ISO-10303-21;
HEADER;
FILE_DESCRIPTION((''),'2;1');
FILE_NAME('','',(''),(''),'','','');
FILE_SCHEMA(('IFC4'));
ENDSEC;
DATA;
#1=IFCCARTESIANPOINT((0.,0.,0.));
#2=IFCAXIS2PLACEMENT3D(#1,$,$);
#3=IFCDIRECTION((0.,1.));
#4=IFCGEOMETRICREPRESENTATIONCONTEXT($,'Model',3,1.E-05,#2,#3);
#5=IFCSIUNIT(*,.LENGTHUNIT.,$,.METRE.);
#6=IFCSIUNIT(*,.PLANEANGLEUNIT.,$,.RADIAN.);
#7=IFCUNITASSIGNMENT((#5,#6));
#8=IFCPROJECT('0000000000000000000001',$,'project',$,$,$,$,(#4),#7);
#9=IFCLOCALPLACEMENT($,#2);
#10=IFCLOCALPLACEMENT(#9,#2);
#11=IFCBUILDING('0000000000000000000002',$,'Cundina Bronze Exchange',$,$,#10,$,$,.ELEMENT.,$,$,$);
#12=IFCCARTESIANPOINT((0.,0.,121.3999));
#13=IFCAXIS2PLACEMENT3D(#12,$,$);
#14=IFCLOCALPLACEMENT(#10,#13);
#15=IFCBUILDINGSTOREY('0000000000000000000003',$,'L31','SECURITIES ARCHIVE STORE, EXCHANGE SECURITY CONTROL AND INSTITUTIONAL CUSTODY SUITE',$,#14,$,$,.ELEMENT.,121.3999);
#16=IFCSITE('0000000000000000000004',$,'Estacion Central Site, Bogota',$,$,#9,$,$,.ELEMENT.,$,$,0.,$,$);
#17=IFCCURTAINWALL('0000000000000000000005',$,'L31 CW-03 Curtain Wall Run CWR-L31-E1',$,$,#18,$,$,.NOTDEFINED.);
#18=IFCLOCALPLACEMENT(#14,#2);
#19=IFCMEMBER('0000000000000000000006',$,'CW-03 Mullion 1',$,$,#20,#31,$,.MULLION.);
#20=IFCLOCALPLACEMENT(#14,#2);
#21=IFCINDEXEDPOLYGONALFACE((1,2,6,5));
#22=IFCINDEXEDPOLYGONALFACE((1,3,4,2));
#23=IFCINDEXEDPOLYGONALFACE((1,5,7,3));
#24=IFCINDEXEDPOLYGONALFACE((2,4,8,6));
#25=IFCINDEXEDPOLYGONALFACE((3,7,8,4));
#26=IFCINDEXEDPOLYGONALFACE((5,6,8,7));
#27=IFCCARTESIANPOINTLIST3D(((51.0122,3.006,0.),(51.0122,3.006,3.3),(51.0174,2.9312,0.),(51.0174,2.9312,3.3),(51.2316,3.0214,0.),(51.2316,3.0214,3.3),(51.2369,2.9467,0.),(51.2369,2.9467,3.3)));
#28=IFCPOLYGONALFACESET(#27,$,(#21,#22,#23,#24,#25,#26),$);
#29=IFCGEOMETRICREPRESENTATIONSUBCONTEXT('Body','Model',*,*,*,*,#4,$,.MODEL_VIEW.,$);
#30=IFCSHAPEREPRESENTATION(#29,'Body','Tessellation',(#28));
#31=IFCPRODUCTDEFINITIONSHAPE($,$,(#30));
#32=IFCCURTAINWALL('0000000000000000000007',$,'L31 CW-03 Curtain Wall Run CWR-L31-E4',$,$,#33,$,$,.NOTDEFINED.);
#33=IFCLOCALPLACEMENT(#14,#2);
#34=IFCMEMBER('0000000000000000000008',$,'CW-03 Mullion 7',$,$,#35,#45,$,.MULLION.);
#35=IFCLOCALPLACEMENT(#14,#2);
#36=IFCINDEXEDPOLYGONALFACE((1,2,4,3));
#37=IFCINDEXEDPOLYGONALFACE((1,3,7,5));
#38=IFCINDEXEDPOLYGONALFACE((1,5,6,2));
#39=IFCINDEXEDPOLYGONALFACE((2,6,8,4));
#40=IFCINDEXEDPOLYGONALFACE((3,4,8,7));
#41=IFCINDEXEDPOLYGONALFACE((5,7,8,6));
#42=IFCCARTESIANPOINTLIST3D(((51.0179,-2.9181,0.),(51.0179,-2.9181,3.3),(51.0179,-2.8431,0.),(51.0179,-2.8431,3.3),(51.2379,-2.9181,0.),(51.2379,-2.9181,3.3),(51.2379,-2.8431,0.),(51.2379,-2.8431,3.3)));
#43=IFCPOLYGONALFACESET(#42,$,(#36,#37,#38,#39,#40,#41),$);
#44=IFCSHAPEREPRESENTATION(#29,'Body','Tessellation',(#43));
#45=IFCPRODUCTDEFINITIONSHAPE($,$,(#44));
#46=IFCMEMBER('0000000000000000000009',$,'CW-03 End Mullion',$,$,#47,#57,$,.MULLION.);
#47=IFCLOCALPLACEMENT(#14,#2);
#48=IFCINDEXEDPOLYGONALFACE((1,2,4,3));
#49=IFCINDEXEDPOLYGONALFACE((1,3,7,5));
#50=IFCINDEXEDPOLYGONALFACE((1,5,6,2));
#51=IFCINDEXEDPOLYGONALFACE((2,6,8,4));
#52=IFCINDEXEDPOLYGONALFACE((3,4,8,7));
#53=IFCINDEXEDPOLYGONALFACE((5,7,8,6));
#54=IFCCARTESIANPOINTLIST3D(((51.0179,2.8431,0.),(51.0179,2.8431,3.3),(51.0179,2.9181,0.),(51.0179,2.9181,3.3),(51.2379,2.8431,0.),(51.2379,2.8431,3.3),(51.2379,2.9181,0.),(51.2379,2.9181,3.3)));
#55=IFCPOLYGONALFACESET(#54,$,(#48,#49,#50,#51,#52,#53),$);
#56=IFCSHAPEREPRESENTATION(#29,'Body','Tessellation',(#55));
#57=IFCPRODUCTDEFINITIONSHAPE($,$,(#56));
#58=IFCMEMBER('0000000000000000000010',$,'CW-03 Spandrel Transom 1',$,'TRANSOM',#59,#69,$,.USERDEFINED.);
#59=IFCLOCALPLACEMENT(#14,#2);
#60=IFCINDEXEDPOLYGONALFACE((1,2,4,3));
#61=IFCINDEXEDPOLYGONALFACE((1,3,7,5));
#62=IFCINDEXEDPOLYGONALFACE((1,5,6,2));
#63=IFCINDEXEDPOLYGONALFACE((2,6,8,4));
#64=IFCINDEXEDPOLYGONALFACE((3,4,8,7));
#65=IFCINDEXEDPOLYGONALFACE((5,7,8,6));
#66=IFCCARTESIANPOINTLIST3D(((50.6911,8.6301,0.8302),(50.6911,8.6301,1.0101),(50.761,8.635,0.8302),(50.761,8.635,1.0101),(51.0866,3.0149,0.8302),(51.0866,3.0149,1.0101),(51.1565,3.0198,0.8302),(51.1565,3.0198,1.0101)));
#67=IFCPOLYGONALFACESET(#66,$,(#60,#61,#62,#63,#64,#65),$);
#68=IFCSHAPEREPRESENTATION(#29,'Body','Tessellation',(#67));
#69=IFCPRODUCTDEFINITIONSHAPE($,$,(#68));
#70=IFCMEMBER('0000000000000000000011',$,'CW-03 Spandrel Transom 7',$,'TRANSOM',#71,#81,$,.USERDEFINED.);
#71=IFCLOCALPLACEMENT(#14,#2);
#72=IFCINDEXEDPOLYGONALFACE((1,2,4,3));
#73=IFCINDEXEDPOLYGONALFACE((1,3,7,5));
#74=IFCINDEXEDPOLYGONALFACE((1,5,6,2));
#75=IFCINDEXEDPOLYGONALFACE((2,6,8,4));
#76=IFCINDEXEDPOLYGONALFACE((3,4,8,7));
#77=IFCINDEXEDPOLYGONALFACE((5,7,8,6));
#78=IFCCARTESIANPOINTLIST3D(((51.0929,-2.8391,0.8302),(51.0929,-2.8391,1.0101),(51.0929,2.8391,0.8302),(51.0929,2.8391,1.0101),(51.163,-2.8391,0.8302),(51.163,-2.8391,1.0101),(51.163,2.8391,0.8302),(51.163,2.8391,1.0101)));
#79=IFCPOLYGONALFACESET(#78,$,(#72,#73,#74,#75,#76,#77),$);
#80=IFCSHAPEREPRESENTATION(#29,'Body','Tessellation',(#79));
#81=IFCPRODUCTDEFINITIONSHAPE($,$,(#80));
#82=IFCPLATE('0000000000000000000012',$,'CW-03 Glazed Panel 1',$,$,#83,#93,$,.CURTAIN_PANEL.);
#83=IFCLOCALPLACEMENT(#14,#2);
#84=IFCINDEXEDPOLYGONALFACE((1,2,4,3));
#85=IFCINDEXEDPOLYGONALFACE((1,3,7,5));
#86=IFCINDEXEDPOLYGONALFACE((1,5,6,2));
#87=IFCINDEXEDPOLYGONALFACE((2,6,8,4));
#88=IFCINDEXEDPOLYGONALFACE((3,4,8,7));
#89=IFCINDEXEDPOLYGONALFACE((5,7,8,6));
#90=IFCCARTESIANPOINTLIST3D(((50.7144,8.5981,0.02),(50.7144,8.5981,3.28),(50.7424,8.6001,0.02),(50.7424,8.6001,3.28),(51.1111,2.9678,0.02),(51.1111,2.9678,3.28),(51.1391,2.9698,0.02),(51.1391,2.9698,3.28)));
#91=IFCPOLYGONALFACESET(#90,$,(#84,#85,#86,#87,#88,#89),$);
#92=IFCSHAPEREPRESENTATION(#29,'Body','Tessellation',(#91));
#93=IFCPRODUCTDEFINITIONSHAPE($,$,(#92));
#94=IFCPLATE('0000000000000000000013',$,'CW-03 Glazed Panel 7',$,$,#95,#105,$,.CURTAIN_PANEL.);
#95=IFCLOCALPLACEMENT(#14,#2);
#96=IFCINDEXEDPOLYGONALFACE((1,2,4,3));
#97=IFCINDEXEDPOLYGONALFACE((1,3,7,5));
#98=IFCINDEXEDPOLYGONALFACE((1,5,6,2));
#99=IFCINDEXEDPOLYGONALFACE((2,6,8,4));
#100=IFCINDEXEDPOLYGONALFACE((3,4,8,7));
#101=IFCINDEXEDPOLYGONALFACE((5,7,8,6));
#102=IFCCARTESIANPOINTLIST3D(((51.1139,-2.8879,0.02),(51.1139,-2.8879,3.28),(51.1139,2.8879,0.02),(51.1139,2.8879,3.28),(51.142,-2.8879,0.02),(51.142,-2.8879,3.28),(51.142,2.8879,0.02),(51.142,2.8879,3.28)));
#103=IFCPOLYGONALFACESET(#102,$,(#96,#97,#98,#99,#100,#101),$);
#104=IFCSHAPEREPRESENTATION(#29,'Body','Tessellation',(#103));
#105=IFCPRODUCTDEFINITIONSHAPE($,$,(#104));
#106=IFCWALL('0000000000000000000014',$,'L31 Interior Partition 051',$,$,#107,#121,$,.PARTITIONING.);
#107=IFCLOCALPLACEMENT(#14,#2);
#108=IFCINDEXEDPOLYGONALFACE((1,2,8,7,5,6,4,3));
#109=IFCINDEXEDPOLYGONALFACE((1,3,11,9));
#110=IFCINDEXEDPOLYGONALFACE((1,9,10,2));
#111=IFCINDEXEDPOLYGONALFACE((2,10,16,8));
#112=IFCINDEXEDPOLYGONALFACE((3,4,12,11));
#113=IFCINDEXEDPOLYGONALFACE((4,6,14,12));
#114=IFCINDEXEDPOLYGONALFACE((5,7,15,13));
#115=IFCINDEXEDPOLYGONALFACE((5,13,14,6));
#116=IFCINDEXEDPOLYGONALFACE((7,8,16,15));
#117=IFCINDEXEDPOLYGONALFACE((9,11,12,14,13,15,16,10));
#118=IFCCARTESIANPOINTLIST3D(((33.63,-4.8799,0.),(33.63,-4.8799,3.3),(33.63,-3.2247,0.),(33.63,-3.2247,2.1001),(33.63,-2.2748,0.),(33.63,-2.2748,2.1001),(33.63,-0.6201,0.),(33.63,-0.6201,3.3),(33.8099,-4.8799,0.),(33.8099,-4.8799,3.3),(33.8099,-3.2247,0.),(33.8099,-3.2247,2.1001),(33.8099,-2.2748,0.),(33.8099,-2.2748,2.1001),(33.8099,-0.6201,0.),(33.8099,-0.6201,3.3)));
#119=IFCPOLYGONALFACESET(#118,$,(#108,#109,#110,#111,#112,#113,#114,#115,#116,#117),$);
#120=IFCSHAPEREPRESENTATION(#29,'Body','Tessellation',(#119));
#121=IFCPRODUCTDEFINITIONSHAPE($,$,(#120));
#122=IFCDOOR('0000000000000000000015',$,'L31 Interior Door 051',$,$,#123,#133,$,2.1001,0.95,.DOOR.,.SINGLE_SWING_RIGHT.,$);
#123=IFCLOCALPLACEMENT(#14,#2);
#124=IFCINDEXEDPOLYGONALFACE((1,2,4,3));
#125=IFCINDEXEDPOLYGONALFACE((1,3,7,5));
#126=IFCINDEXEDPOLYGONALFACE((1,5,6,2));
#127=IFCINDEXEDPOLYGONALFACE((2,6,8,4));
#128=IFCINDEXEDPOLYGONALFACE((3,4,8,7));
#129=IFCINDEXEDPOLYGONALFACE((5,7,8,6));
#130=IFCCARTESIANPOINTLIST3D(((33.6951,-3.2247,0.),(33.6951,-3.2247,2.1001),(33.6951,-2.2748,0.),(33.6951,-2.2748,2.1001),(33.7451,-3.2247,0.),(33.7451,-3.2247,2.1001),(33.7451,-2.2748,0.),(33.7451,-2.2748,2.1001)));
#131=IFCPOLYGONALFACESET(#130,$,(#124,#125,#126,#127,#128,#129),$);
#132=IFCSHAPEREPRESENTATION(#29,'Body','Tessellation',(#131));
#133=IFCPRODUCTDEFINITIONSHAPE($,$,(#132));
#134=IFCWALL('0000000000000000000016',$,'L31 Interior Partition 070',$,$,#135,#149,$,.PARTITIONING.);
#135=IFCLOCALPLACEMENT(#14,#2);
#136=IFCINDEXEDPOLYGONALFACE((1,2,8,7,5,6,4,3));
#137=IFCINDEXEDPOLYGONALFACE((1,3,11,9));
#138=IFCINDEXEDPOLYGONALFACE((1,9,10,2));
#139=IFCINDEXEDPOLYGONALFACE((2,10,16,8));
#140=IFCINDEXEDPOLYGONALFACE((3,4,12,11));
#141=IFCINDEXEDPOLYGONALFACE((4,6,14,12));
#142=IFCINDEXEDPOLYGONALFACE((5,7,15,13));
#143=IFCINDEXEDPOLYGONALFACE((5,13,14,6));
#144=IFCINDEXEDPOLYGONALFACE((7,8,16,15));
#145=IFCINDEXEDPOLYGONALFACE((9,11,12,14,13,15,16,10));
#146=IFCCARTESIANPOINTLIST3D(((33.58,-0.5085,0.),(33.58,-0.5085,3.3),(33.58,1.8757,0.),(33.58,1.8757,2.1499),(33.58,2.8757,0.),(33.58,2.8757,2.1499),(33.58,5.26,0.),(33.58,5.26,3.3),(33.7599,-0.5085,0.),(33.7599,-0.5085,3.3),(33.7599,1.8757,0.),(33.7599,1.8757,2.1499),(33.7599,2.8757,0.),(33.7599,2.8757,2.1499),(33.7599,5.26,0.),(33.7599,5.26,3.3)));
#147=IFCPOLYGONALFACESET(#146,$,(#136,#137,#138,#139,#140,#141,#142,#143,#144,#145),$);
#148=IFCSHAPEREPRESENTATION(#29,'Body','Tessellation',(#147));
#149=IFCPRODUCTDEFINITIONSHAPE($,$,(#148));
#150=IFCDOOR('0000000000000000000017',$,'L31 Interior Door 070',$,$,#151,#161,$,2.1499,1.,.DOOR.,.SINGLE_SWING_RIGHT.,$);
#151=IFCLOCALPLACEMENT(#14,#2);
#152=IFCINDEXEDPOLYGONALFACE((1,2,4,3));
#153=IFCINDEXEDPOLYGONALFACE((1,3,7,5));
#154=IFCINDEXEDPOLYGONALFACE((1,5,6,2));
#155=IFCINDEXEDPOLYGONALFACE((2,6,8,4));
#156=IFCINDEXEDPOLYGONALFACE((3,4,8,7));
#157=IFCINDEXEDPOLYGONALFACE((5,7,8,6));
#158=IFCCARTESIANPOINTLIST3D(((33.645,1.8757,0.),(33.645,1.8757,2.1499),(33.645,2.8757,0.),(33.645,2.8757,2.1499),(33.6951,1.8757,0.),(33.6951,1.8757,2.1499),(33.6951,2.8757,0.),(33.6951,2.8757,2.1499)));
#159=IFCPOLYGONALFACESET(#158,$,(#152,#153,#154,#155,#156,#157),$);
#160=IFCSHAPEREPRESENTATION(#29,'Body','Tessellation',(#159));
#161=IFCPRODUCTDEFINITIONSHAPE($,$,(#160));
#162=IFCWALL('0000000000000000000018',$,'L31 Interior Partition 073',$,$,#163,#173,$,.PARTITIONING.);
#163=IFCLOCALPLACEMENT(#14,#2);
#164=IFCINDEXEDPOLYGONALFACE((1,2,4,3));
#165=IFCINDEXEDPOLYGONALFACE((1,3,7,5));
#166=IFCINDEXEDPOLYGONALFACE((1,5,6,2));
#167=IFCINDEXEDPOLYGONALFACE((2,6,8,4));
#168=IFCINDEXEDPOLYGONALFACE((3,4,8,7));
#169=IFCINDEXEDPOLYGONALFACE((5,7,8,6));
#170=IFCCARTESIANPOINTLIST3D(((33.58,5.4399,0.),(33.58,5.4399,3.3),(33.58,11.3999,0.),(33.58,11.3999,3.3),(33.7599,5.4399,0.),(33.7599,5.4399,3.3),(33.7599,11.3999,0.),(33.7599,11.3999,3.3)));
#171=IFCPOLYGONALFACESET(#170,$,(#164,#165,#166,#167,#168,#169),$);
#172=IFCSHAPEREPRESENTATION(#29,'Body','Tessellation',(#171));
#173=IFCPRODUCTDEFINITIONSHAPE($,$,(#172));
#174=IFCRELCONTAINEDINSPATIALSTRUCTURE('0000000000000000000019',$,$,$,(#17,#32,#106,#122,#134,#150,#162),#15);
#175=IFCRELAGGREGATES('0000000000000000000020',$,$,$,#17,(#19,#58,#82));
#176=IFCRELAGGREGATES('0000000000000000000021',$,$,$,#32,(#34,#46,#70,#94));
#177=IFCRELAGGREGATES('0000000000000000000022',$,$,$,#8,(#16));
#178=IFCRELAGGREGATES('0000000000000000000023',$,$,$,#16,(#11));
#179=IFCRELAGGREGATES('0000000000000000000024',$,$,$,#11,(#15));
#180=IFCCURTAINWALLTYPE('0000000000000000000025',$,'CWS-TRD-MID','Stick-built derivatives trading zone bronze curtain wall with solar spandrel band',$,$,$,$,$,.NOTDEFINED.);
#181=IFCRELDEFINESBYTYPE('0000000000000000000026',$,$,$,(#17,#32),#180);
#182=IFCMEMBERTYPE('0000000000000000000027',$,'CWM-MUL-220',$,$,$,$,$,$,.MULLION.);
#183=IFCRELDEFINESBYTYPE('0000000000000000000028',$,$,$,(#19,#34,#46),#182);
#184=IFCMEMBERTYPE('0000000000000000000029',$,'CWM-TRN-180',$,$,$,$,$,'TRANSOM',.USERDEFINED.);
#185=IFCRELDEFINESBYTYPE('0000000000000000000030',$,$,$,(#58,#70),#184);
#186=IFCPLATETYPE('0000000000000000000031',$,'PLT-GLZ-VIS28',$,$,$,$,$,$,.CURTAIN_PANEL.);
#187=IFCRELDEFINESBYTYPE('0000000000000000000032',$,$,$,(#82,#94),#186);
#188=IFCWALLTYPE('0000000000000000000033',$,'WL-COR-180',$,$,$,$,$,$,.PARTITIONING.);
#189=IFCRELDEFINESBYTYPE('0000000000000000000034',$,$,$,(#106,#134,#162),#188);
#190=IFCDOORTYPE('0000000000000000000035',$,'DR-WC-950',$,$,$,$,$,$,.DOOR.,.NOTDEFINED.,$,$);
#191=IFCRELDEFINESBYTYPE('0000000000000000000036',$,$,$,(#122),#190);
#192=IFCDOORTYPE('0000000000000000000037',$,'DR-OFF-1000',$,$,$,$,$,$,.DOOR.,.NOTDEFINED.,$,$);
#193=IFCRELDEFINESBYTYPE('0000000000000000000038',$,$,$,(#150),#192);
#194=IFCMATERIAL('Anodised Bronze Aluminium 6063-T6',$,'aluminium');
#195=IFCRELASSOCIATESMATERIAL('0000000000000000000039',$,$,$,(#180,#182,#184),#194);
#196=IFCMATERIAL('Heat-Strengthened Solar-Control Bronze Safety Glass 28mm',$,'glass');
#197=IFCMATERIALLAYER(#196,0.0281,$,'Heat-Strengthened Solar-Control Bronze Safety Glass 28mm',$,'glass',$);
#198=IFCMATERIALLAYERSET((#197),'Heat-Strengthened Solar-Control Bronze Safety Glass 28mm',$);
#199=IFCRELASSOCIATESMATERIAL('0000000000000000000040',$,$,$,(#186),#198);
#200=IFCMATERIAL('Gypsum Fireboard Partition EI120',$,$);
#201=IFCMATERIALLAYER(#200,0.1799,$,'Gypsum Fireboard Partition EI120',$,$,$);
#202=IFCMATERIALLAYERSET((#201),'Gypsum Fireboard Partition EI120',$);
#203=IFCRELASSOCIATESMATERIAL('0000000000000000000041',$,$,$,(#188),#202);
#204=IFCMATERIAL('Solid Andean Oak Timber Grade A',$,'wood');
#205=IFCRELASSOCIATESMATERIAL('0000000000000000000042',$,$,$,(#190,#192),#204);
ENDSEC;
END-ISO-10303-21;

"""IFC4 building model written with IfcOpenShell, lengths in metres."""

from ifc_helpers import new_model, si_unit, direction, frame, frame_2d, origin, origin_2d, place, context, subcontext, project, spatial, rectangle, extrude, material, layer, layer_set, material_profile, profile_set, type_object, element, fill, aggregate, save


model = new_model("IFC4")

# Units and contexts
model_context = context("Model", 3, precision=1e-05, world=origin(), true_north=direction((0.0, 1.0)))
body_context = subcontext(model_context, "Body", "Model", "MODEL_VIEW")
ifc_project = project(units=[si_unit("LENGTHUNIT", "METRE"), si_unit("PLANEANGLEUNIT", "RADIAN")], contexts=[model_context])

# Site, building, storey
site_placement = place(None, origin())
site = spatial("IfcSite", under=ifc_project, at=site_placement, Name="Estacion Central Site, Bogota", CompositionType="ELEMENT", RefElevation=0.0)
building_placement = place(site_placement, origin())
building = spatial("IfcBuilding", under=site, at=building_placement, Name="Cundina Bronze Exchange", CompositionType="ELEMENT")
storey_placement = place(building_placement, frame((0.0, 0.0, 121.3999)))
storey = spatial("IfcBuildingStorey", under=building, at=storey_placement, Name="L31", Description="SECURITIES ARCHIVE STORE, EXCHANGE SECURITY CONTROL AND INSTITUTIONAL CUSTODY SUITE", CompositionType="ELEMENT", Elevation=121.3999)

# Curtain wall, member
ifc_material_1 = material(Name="Anodised Bronze Aluminium 6063-T6", Category="aluminium")
curtain_wall_type = type_object("IfcCurtainWallType", Name="CWS-TRD-MID", Description="Stick-built derivatives trading zone bronze curtain wall with solar spandrel band", PredefinedType="NOTDEFINED", material=ifc_material_1)
curtain_wall_1_placement = place(storey_placement, origin())
curtain_wall_1 = element("IfcCurtainWall", 1, at=curtain_wall_1_placement, inside=storey, type_object=curtain_wall_type, Name="L31 CW-03 Curtain Wall Run CWR-L31-E1", PredefinedType="NOTDEFINED")
ifc_material_profile_1 = material_profile(ifc_material_1, rectangle(XDim=0.075, YDim=0.22, at=origin_2d()), Name="AL75X220", Category="aluminium")
ifc_profile_set_1 = profile_set([ifc_material_profile_1], Name="Anodised Bronze Aluminium 6063-T6")
member_type_1 = type_object("IfcMemberType", Name="CWM-MUL-220", PredefinedType="MULLION", material=ifc_profile_set_1)
member_1_placement = place(storey_placement, frame((51.1245, 2.9763, 0.0), z_axis=(0.0, 0.0, 1.0), x_axis=(-0.070279, 0.997527, 0.0)))
member_1 = element("IfcMember", 2, at=member_1_placement, type_object=member_type_1, Name="CW-03 Mullion 1", PredefinedType="MULLION", context=body_context, shape_type="SweptSolid", body=[
    extrude(rectangle(XDim=0.075, YDim=0.22, at=origin_2d()), origin(), (0.0, 0.0, 1.0), 3.3),
])

# Curtain wall, members
curtain_wall_2_placement = place(storey_placement, origin())
curtain_wall_2 = element("IfcCurtainWall", 3, at=curtain_wall_2_placement, inside=storey, type_object=curtain_wall_type, Name="L31 CW-03 Curtain Wall Run CWR-L31-E4", PredefinedType="NOTDEFINED")
member_2_placement = place(storey_placement, frame((51.1279, -2.8806, 0.0), z_axis=(0.0, 0.0, 1.0), x_axis=(0.0, 1.0, 0.0)))
member_2 = element("IfcMember", 4, at=member_2_placement, type_object=member_type_1, Name="CW-03 Mullion 7", PredefinedType="MULLION", context=body_context, shape_type="SweptSolid", body=[
    extrude(rectangle(XDim=0.075, YDim=0.22, at=origin_2d()), origin(), (0.0, 0.0, 1.0), 3.3),
])
member_3_placement = place(storey_placement, frame((51.1279, 2.8806, 0.0), z_axis=(0.0, 0.0, 1.0), x_axis=(0.0, 1.0, 0.0)))
member_3 = element("IfcMember", 5, at=member_3_placement, type_object=member_type_1, Name="CW-03 End Mullion", PredefinedType="MULLION", context=body_context, shape_type="SweptSolid", body=[
    extrude(rectangle(XDim=0.075, YDim=0.22, at=origin_2d()), origin(), (0.0, 0.0, 1.0), 3.3),
])

# Members
ifc_material_profile_2 = material_profile(ifc_material_1, rectangle(XDim=0.0701, YDim=0.1799, at=origin_2d()), Name="AL70X180", Category="aluminium")
ifc_profile_set_2 = profile_set([ifc_material_profile_2], Name="Anodised Bronze Aluminium 6063-T6")
member_type_2 = type_object("IfcMemberType", Name="CWM-TRN-180", ElementType="TRANSOM", PredefinedType="USERDEFINED", material=ifc_profile_set_2)
member_4_placement = place(storey_placement, frame((51.1216, 3.0173, 0.9202), z_axis=(-0.070261, 0.997529, 0.0), x_axis=(-0.997529, -0.070261, 0.0)))
member_4 = element("IfcMember", 6, at=member_4_placement, type_object=member_type_2, Name="CW-03 Spandrel Transom 1", ObjectType="TRANSOM", PredefinedType="USERDEFINED", context=body_context, shape_type="SweptSolid", body=[
    extrude(rectangle(XDim=0.0701, YDim=0.1799, at=origin_2d()), origin(), (0.0, 0.0, 1.0), 5.6292),
])
member_5_placement = place(storey_placement, frame((51.1279, -2.8391, 0.9202), z_axis=(0.0, 1.0, 0.0), x_axis=(-1.0, 0.0, 0.0)))
member_5 = element("IfcMember", 7, at=member_5_placement, type_object=member_type_2, Name="CW-03 Spandrel Transom 7", ObjectType="TRANSOM", PredefinedType="USERDEFINED", context=body_context, shape_type="SweptSolid", body=[
    extrude(rectangle(XDim=0.0701, YDim=0.1799, at=origin_2d()), origin(), (0.0, 0.0, 1.0), 5.6782),
])

# Plates
ifc_material_2 = material(Name="Heat-Strengthened Solar-Control Bronze Safety Glass 28mm", Category="glass")
ifc_layer_1 = layer(ifc_material_2, 0.0281, Name="Heat-Strengthened Solar-Control Bronze Safety Glass 28mm", Category="glass")
ifc_layer_set_1 = layer_set([ifc_layer_1], Name="Heat-Strengthened Solar-Control Bronze Safety Glass 28mm")
plate_type = type_object("IfcPlateType", Name="PLT-GLZ-VIS28", PredefinedType="CURTAIN_PANEL", material=ifc_layer_set_1)
plate_1_placement = place(storey_placement, frame((50.9268, 5.7839, 0.02), z_axis=(0.0, 0.0, 1.0), x_axis=(-0.070279, 0.997527, 0.0)))
plate_1 = element("IfcPlate", 8, at=plate_1_placement, type_object=plate_type, Name="CW-03 Glazed Panel 1", PredefinedType="CURTAIN_PANEL", context=body_context, shape_type="SweptSolid", body=[
    extrude(rectangle(XDim=5.6443, YDim=0.0281, at=origin_2d()), origin(), (0.0, 0.0, 1.0), 3.26),
])
aggregate(curtain_wall_1, [member_1, member_4, plate_1])
plate_2_placement = place(storey_placement, frame((51.1279, 0.0, 0.02), z_axis=(0.0, 0.0, 1.0), x_axis=(0.0, 1.0, 0.0)))
plate_2 = element("IfcPlate", 9, at=plate_2_placement, type_object=plate_type, Name="CW-03 Glazed Panel 7", PredefinedType="CURTAIN_PANEL", context=body_context, shape_type="SweptSolid", body=[
    extrude(rectangle(XDim=5.7759, YDim=0.0281, at=origin_2d()), origin(), (0.0, 0.0, 1.0), 3.26),
])
aggregate(curtain_wall_2, [member_2, member_3, member_5, plate_2])

# Walls, openings, doors
ifc_material_3 = material(Name="Gypsum Fireboard Partition EI120")
ifc_layer_2 = layer(ifc_material_3, 0.1799, Name="Gypsum Fireboard Partition EI120")
ifc_layer_set_2 = layer_set([ifc_layer_2], Name="Gypsum Fireboard Partition EI120")
wall_type_1 = type_object("IfcWallType", Name="WL-COR-180", PredefinedType="PARTITIONING", material=ifc_layer_set_2)
wall_1_placement = place(storey_placement, frame((33.72, -4.8799, 0.0), z_axis=(0.0, 0.0, 1.0), x_axis=(0.0, 1.0, 0.0)))
wall_1 = element("IfcWall", 10, at=wall_1_placement, inside=storey, type_object=wall_type_1, Name="L31 Interior Partition 051", PredefinedType="PARTITIONING", context=body_context, shape_type="SweptSolid", body=[
    extrude(rectangle(XDim=4.2598, YDim=0.1799, at=frame_2d((2.1299, 0.0))), origin(), (0.0, 0.0, 1.0), 3.3),
])
opening_1_placement = place(wall_1_placement, frame((1.655, 0.0, 0.0)))
opening_1 = element("IfcOpeningElement", 11, at=opening_1_placement, cuts=wall_1, PredefinedType="OPENING", context=body_context, shape_type="SweptSolid", body=[
    extrude(rectangle(XDim=0.95, YDim=2.1001, at=frame_2d((0.4751, 1.05))), frame((0.0, 0.0999, 0.0), z_axis=(0.0, -1.0, 0.0), x_axis=(1.0, 0.0, 0.0)), (0.0, 0.0, 1.0), 0.2),
])
ifc_material_4 = material(Name="Solid Andean Oak Timber Grade A", Category="wood")
door_type_1 = type_object("IfcDoorType", Name="DR-WC-950", OperationType="NOTDEFINED", PredefinedType="DOOR", material=ifc_material_4)
door_1_placement = place(opening_1_placement, origin())
door_1 = element("IfcDoor", 12, at=door_1_placement, inside=storey, type_object=door_type_1, Name="L31 Interior Door 051", OperationType="SINGLE_SWING_RIGHT", OverallHeight=2.1001, OverallWidth=0.95, PredefinedType="DOOR", context=body_context, shape_type="SweptSolid", body=[
    extrude(rectangle(XDim=0.95, YDim=2.1001, at=frame_2d((0.4751, 1.05))), frame((0.0, 0.0249, 0.0), z_axis=(0.0, -1.0, 0.0), x_axis=(1.0, 0.0, 0.0)), (0.0, 0.0, 1.0), 0.05),
])
fill(opening_1, door_1)
wall_2_placement = place(storey_placement, frame((33.6699, -0.5085, 0.0), z_axis=(0.0, 0.0, 1.0), x_axis=(0.0, 1.0, 0.0)))
wall_2 = element("IfcWall", 13, at=wall_2_placement, inside=storey, type_object=wall_type_1, Name="L31 Interior Partition 070", PredefinedType="PARTITIONING", context=body_context, shape_type="SweptSolid", body=[
    extrude(rectangle(XDim=5.7686, YDim=0.1799, at=frame_2d((2.8843, 0.0))), origin(), (0.0, 0.0, 1.0), 3.3),
])
opening_2_placement = place(wall_2_placement, frame((2.3843, 0.0, 0.0)))
opening_2 = element("IfcOpeningElement", 14, at=opening_2_placement, cuts=wall_2, PredefinedType="OPENING", context=body_context, shape_type="SweptSolid", body=[
    extrude(rectangle(XDim=1.0, YDim=2.1499, at=frame_2d((0.5, 1.075))), frame((0.0, 0.0999, 0.0), z_axis=(0.0, -1.0, 0.0), x_axis=(1.0, 0.0, 0.0)), (0.0, 0.0, 1.0), 0.2),
])
door_type_2 = type_object("IfcDoorType", Name="DR-OFF-1000", OperationType="NOTDEFINED", PredefinedType="DOOR", material=ifc_material_4)
door_2_placement = place(opening_2_placement, origin())
door_2 = element("IfcDoor", 15, at=door_2_placement, inside=storey, type_object=door_type_2, Name="L31 Interior Door 070", OperationType="SINGLE_SWING_RIGHT", OverallHeight=2.1499, OverallWidth=1.0, PredefinedType="DOOR", context=body_context, shape_type="SweptSolid", body=[
    extrude(rectangle(XDim=1.0, YDim=2.1499, at=frame_2d((0.5, 1.075))), frame((0.0, 0.0249, 0.0), z_axis=(0.0, -1.0, 0.0), x_axis=(1.0, 0.0, 0.0)), (0.0, 0.0, 1.0), 0.05),
])
fill(opening_2, door_2)

# Wall
wall_3_placement = place(storey_placement, frame((33.6699, 5.4399, 0.0), z_axis=(0.0, 0.0, 1.0), x_axis=(0.0, 1.0, 0.0)))
element("IfcWall", 16, at=wall_3_placement, inside=storey, type_object=wall_type_1, Name="L31 Interior Partition 073", PredefinedType="PARTITIONING", context=body_context, shape_type="SweptSolid", body=[
    extrude(rectangle(XDim=5.96, YDim=0.1799, at=frame_2d((2.98, 0.0))), origin(), (0.0, 0.0, 1.0), 3.3),
])

save(model, "model.ifc")
